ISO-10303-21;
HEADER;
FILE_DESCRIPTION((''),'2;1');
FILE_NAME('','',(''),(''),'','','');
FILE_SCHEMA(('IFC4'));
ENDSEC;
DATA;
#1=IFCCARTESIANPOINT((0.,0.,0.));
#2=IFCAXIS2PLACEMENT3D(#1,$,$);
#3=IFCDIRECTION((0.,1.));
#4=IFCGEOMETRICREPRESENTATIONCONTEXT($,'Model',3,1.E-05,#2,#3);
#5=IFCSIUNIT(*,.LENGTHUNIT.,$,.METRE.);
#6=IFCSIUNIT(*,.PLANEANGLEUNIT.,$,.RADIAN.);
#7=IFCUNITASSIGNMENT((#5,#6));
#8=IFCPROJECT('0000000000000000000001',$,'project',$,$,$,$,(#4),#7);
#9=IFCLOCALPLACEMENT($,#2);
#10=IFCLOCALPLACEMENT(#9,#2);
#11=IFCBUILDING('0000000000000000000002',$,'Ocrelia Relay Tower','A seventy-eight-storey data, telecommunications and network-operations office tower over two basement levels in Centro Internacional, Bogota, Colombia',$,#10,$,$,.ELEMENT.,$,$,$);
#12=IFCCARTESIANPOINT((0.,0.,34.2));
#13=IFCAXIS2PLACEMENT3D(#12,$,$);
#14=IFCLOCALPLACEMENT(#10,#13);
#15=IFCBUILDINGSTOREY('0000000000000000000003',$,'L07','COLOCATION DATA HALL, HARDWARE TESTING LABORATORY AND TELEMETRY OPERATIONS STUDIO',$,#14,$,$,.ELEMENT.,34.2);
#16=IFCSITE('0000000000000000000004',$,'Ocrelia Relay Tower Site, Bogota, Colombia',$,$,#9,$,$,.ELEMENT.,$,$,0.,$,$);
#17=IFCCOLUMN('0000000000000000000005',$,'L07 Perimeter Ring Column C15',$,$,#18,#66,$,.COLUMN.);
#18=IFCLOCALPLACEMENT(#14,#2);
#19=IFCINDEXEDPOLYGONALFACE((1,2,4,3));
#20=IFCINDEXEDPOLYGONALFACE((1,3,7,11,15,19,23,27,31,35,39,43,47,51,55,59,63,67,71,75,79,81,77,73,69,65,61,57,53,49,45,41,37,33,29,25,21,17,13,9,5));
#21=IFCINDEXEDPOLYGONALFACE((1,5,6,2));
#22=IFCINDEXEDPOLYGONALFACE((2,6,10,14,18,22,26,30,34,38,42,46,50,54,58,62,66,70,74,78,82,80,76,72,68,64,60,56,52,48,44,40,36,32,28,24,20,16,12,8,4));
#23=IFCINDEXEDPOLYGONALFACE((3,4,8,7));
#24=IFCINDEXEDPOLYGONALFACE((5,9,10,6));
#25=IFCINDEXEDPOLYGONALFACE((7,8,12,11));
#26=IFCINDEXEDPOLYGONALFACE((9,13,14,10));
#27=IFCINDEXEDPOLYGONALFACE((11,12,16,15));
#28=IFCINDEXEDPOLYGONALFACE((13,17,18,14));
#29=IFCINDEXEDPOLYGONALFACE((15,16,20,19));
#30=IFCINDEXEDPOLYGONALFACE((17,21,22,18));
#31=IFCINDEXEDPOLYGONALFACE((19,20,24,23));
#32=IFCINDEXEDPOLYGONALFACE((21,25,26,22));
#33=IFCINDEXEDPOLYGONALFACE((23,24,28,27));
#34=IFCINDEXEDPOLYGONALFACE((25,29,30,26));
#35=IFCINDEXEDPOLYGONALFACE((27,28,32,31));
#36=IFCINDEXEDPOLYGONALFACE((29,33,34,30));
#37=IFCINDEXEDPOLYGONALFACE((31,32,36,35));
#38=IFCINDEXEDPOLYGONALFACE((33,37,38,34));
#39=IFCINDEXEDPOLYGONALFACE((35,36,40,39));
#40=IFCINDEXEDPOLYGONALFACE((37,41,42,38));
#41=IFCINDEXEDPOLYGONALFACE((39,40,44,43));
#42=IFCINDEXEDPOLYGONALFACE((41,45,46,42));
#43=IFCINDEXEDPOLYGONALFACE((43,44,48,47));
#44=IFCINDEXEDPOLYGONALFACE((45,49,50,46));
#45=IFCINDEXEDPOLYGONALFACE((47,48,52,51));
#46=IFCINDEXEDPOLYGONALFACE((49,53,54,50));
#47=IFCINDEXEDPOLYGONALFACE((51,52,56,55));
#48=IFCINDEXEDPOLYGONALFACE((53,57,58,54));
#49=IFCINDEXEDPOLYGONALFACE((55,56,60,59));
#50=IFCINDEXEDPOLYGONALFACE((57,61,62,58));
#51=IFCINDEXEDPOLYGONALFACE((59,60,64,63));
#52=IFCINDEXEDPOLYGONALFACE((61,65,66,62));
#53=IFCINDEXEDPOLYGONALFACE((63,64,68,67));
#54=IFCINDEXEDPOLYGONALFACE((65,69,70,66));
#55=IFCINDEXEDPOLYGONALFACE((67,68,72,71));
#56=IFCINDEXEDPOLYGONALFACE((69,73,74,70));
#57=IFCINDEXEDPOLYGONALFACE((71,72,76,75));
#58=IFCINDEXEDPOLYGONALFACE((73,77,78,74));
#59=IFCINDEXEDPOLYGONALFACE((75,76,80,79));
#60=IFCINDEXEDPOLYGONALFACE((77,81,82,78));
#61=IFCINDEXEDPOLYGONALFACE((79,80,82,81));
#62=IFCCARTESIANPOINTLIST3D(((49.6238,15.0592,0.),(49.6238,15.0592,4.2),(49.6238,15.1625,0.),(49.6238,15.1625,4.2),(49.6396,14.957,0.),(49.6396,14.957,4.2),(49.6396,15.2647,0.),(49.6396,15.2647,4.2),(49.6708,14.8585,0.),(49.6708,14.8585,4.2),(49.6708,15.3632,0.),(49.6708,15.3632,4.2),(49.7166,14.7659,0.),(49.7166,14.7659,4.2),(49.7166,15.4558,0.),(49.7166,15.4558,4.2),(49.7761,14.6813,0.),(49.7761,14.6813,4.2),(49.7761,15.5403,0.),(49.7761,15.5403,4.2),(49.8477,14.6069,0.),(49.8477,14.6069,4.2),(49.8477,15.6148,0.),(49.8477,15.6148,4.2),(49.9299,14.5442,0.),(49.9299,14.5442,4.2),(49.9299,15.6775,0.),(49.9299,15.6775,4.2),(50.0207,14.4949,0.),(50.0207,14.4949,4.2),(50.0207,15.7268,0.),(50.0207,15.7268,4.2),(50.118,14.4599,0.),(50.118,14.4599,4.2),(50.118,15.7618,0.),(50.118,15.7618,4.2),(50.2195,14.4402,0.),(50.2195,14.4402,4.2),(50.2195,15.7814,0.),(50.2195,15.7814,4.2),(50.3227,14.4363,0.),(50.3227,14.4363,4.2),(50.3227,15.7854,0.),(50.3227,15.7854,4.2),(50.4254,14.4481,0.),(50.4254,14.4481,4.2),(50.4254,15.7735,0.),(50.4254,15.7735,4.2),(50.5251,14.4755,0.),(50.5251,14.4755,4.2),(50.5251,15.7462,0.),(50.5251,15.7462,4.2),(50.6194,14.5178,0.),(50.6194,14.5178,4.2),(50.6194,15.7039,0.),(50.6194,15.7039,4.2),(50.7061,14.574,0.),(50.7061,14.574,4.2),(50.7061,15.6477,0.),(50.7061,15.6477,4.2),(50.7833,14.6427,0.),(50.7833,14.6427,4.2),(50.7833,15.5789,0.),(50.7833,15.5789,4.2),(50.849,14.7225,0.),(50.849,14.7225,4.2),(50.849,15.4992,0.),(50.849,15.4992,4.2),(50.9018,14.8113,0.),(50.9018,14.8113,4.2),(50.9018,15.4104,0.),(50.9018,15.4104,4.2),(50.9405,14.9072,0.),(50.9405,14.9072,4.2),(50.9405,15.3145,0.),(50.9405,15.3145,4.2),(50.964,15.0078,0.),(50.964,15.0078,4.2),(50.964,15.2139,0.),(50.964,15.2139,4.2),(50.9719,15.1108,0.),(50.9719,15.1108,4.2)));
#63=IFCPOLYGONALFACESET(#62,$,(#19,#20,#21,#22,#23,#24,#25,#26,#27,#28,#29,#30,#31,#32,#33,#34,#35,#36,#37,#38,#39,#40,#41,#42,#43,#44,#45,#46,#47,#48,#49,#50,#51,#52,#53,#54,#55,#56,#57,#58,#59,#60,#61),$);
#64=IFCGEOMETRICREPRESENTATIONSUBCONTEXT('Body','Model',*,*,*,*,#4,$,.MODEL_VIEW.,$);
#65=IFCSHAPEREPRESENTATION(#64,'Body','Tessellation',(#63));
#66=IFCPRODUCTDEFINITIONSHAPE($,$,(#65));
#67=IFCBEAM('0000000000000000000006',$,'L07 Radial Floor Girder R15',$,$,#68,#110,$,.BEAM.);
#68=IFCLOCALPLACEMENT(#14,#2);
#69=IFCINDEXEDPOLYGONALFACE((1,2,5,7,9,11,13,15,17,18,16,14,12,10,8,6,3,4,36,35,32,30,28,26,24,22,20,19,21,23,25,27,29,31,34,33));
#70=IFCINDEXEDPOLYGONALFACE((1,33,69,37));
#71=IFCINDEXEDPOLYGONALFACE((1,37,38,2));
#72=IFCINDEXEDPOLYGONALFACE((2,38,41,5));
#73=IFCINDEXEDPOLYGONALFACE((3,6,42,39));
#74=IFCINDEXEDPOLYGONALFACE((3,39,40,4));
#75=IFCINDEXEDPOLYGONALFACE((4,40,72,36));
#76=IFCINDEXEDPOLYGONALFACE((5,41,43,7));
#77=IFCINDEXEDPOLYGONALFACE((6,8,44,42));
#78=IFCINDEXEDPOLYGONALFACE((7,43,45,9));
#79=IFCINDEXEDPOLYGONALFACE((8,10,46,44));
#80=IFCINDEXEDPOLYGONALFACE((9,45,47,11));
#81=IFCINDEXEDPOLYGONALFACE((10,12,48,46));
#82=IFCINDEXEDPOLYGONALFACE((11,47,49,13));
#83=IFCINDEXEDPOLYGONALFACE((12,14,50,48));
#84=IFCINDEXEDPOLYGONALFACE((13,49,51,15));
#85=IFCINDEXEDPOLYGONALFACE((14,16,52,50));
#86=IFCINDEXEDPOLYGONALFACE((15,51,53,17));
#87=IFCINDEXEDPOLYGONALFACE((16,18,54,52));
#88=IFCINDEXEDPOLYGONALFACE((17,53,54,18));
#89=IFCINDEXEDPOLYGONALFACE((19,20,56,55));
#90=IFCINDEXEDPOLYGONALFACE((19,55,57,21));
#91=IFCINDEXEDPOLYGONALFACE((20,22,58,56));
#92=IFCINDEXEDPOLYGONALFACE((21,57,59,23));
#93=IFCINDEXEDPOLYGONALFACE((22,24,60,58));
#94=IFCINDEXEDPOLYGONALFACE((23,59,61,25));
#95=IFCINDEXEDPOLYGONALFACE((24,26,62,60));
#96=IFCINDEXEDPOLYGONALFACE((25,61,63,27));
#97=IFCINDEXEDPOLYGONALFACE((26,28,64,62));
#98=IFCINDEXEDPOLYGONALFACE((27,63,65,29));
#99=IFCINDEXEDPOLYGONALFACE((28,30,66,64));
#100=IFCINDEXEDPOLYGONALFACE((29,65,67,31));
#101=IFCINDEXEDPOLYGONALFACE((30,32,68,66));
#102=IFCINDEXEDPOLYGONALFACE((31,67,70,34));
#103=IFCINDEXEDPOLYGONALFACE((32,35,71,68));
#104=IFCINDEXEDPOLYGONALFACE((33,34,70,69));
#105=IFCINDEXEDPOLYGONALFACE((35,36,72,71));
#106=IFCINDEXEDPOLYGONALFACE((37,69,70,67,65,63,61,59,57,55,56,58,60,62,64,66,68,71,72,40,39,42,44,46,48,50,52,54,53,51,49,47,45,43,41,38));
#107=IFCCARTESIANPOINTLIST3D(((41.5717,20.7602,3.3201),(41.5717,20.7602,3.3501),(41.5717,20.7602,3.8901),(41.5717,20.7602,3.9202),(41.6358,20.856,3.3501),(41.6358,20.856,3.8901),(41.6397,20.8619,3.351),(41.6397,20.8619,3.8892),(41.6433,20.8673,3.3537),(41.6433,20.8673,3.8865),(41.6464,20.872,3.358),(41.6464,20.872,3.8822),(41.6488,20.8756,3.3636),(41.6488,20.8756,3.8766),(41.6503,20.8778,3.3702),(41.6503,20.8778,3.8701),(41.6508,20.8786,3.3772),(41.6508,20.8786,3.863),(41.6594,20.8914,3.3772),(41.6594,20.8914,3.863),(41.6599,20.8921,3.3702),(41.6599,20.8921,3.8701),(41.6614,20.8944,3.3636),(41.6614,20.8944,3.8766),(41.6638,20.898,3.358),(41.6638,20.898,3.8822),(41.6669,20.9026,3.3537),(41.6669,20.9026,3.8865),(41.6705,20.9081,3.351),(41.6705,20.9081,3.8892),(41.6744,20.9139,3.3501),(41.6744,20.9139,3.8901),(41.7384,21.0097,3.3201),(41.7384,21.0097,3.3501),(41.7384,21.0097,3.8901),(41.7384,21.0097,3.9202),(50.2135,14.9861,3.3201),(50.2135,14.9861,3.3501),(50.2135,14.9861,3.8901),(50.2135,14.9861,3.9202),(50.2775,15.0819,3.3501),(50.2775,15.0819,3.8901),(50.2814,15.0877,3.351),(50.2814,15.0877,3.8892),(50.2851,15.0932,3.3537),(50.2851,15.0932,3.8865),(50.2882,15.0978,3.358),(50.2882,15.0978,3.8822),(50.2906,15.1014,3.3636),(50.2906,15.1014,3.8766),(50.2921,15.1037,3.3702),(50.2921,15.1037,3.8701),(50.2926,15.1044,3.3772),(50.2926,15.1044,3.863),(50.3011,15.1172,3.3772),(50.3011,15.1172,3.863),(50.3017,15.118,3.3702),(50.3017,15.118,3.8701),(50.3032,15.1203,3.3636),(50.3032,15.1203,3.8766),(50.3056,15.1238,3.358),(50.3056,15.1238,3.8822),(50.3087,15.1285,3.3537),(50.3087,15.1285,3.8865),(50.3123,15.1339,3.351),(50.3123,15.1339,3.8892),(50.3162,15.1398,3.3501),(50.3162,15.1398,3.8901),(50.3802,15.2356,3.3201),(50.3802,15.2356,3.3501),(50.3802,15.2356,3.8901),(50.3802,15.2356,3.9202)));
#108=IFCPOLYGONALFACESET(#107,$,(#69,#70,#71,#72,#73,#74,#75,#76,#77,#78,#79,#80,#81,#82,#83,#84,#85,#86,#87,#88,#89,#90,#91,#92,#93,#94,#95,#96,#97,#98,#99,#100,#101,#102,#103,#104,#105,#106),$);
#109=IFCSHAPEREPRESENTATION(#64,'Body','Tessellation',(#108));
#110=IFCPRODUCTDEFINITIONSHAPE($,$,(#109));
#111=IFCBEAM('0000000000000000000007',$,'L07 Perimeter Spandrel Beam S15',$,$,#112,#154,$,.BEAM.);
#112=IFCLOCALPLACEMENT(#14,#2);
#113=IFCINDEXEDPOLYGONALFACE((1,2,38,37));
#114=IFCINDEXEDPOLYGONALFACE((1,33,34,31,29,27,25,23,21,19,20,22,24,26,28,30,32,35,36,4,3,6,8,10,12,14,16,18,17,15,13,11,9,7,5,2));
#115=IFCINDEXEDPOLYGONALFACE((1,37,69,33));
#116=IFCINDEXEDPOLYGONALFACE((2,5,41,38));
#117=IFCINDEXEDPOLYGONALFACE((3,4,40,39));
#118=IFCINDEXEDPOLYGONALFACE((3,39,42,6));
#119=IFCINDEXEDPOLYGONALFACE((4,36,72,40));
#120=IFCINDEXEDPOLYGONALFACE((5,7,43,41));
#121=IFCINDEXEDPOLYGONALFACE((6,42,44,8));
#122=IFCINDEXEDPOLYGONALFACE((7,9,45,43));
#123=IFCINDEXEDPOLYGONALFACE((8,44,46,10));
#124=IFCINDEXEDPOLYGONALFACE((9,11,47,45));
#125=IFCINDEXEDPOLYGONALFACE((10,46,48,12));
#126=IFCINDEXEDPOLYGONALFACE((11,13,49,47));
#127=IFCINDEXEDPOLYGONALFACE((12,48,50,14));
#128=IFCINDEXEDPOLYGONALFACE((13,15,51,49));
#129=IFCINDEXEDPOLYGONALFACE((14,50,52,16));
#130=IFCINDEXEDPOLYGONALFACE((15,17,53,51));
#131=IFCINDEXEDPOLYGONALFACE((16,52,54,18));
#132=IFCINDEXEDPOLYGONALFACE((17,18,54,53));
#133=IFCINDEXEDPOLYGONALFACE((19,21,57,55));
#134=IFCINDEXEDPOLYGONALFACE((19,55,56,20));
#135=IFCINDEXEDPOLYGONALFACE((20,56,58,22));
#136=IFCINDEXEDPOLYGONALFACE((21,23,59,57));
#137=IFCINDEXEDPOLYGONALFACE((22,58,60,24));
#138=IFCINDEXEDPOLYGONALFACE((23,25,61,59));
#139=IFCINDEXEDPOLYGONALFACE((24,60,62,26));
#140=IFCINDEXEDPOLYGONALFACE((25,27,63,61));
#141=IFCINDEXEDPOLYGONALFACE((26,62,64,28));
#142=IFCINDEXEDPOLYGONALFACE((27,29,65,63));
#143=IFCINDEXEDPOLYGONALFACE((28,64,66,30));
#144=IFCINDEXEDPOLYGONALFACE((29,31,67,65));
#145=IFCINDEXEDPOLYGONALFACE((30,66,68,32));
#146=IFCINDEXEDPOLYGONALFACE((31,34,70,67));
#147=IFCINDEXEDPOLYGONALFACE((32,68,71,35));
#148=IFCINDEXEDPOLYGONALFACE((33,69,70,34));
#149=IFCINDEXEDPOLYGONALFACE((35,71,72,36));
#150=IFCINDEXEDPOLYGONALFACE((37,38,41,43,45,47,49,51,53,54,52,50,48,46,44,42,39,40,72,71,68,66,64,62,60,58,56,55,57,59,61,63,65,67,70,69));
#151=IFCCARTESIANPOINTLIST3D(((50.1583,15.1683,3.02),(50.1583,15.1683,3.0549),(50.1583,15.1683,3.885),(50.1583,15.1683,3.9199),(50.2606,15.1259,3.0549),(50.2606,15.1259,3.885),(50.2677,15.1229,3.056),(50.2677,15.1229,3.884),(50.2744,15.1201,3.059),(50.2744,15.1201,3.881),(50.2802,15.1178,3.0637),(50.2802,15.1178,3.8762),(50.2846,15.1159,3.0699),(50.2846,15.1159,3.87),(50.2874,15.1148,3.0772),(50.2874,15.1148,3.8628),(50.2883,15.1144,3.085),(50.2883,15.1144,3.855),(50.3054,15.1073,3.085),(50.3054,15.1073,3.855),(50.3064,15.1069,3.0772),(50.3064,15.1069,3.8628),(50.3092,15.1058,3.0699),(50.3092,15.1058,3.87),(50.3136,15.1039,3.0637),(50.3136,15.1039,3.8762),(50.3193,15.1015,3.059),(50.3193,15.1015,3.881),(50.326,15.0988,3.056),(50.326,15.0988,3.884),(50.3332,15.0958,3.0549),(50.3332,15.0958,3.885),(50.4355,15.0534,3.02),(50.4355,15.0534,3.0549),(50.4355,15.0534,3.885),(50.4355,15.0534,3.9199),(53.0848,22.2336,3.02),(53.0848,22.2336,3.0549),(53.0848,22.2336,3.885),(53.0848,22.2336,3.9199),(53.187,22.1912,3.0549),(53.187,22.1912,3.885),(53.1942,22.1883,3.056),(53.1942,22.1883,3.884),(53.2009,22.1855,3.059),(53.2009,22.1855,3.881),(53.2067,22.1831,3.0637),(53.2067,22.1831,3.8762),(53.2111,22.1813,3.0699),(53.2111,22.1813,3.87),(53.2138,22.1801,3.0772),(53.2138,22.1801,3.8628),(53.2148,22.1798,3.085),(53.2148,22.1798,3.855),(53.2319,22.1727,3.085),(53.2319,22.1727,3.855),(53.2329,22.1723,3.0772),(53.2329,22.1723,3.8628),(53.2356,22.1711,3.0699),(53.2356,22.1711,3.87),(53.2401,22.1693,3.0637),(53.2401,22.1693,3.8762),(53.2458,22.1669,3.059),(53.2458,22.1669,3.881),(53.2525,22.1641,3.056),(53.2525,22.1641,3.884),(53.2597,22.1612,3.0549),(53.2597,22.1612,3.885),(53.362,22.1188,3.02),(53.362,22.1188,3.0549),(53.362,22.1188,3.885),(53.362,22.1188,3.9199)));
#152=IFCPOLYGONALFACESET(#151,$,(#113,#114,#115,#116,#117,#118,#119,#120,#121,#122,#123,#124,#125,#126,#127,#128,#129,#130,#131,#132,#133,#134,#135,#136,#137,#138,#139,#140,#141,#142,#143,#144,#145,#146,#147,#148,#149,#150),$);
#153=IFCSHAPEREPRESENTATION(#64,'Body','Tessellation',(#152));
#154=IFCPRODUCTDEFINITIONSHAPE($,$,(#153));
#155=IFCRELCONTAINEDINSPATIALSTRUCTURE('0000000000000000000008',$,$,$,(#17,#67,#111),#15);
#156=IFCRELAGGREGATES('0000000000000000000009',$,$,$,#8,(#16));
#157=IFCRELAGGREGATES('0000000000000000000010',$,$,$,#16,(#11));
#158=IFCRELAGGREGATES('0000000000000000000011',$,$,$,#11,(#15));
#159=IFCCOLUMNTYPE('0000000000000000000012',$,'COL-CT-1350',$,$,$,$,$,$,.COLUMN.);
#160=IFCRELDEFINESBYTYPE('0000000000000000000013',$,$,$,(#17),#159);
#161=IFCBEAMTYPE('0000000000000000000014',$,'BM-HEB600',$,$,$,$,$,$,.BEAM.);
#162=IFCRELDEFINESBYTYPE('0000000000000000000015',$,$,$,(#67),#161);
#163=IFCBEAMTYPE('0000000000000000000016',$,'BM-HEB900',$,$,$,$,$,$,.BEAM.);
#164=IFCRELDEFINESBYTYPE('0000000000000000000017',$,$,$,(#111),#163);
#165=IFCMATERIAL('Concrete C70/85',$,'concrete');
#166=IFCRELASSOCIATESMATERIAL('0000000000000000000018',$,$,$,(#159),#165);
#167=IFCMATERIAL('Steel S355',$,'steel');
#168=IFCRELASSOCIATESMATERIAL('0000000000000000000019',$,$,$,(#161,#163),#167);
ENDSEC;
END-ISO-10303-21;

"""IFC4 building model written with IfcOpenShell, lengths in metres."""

from ifc_helpers import new_model, si_unit, direction, frame, origin, origin_2d, place, context, subcontext, project, spatial, circle, i_section, extrude, material, material_profile, profile_set, type_object, element, save


model = new_model("IFC4")

# Units and contexts
model_context = context("Model", 3, precision=1e-05, world=origin(), true_north=direction((0.0, 1.0)))
body_context = subcontext(model_context, "Body", "Model", "MODEL_VIEW")
ifc_project = project(units=[si_unit("LENGTHUNIT", "METRE"), si_unit("PLANEANGLEUNIT", "RADIAN")], contexts=[model_context])

# Site, building, storey
site_placement = place(None, origin())
site = spatial("IfcSite", under=ifc_project, at=site_placement, Name="Ocrelia Relay Tower Site, Bogota, Colombia", CompositionType="ELEMENT", RefElevation=0.0)
building_placement = place(site_placement, origin())
building = spatial("IfcBuilding", under=site, at=building_placement, Name="Ocrelia Relay Tower", Description="A seventy-eight-storey data, telecommunications and network-operations office tower over two basement levels in Centro Internacional, Bogota, Colombia", CompositionType="ELEMENT")
storey_placement = place(building_placement, frame((0.0, 0.0, 34.2)))
storey = spatial("IfcBuildingStorey", under=building, at=storey_placement, Name="L07", Description="COLOCATION DATA HALL, HARDWARE TESTING LABORATORY AND TELEMETRY OPERATIONS STUDIO", CompositionType="ELEMENT", Elevation=34.2)

# Column
ifc_material_1 = material(Name="Concrete C70/85", Category="concrete")
ifc_material_profile_1 = material_profile(ifc_material_1, circle(Radius=0.675, at=origin_2d()), Name="RC-CIR-1350")
ifc_profile_set_1 = profile_set([ifc_material_profile_1], Name="Concrete C70/85")
column_type = type_object("IfcColumnType", Name="COL-CT-1350", PredefinedType="COLUMN", material=ifc_profile_set_1)
column_placement = place(storey_placement, frame((50.2969, 15.1108, 0.0), z_axis=(0.0, 0.0, 1.0), x_axis=(1.0, 0.0, 0.0)))
element("IfcColumn", 1, at=column_placement, inside=storey, type_object=column_type, Name="L07 Perimeter Ring Column C15", PredefinedType="COLUMN", context=body_context, shape_type="SweptSolid", body=[
    extrude(circle(Radius=0.675, at=origin_2d()), origin(), (0.0, 0.0, 1.0), 4.2),
])

# Beams
ifc_material_2 = material(Name="Steel S355", Category="steel")
ifc_material_profile_2 = material_profile(ifc_material_2, i_section(OverallWidth=0.3, OverallDepth=0.6001, WebThickness=0.0154, FlangeThickness=0.03, FilletRadius=0.0271, at=origin_2d()), Name="HEB 600")
ifc_profile_set_2 = profile_set([ifc_material_profile_2], Name="Steel S355")
beam_type_1 = type_object("IfcBeamType", Name="BM-HEB600", PredefinedType="BEAM", material=ifc_profile_set_2)
beam_1_placement = place(storey_placement, frame((50.2969, 15.1108, 3.6201), z_axis=(-0.831475, 0.555562, 0.0), x_axis=(-0.555562, -0.831475, 0.0)))
element("IfcBeam", 2, at=beam_1_placement, inside=storey, type_object=beam_type_1, Name="L07 Radial Floor Girder R15", PredefinedType="BEAM", context=body_context, shape_type="SweptSolid", body=[
    extrude(i_section(OverallWidth=0.3, OverallDepth=0.6001, WebThickness=0.0154, FlangeThickness=0.03, FilletRadius=0.0271, at=origin_2d()), origin(), (0.0, 0.0, 1.0), 10.3933),
])
ifc_material_profile_3 = material_profile(ifc_material_2, i_section(OverallWidth=0.3, OverallDepth=0.8999, WebThickness=0.0186, FlangeThickness=0.0349, FilletRadius=0.03, at=origin_2d()), Name="HEB 900")
ifc_profile_set_3 = profile_set([ifc_material_profile_3], Name="Steel S355")
beam_type_2 = type_object("IfcBeamType", Name="BM-HEB900", PredefinedType="BEAM", material=ifc_profile_set_3)
beam_2_placement = place(storey_placement, frame((50.2969, 15.1108, 3.47), z_axis=(0.382674, 0.923883, 0.0), x_axis=(-0.923883, 0.382674, 0.0)))
element("IfcBeam", 3, at=beam_2_placement, inside=storey, type_object=beam_type_2, Name="L07 Perimeter Spandrel Beam S15", PredefinedType="BEAM", context=body_context, shape_type="SweptSolid", body=[
    extrude(i_section(OverallWidth=0.3, OverallDepth=0.8999, WebThickness=0.0186, FlangeThickness=0.0349, FilletRadius=0.03, at=origin_2d()), origin(), (0.0, 0.0, 1.0), 7.6475),
])

save(model, "model.ifc")
